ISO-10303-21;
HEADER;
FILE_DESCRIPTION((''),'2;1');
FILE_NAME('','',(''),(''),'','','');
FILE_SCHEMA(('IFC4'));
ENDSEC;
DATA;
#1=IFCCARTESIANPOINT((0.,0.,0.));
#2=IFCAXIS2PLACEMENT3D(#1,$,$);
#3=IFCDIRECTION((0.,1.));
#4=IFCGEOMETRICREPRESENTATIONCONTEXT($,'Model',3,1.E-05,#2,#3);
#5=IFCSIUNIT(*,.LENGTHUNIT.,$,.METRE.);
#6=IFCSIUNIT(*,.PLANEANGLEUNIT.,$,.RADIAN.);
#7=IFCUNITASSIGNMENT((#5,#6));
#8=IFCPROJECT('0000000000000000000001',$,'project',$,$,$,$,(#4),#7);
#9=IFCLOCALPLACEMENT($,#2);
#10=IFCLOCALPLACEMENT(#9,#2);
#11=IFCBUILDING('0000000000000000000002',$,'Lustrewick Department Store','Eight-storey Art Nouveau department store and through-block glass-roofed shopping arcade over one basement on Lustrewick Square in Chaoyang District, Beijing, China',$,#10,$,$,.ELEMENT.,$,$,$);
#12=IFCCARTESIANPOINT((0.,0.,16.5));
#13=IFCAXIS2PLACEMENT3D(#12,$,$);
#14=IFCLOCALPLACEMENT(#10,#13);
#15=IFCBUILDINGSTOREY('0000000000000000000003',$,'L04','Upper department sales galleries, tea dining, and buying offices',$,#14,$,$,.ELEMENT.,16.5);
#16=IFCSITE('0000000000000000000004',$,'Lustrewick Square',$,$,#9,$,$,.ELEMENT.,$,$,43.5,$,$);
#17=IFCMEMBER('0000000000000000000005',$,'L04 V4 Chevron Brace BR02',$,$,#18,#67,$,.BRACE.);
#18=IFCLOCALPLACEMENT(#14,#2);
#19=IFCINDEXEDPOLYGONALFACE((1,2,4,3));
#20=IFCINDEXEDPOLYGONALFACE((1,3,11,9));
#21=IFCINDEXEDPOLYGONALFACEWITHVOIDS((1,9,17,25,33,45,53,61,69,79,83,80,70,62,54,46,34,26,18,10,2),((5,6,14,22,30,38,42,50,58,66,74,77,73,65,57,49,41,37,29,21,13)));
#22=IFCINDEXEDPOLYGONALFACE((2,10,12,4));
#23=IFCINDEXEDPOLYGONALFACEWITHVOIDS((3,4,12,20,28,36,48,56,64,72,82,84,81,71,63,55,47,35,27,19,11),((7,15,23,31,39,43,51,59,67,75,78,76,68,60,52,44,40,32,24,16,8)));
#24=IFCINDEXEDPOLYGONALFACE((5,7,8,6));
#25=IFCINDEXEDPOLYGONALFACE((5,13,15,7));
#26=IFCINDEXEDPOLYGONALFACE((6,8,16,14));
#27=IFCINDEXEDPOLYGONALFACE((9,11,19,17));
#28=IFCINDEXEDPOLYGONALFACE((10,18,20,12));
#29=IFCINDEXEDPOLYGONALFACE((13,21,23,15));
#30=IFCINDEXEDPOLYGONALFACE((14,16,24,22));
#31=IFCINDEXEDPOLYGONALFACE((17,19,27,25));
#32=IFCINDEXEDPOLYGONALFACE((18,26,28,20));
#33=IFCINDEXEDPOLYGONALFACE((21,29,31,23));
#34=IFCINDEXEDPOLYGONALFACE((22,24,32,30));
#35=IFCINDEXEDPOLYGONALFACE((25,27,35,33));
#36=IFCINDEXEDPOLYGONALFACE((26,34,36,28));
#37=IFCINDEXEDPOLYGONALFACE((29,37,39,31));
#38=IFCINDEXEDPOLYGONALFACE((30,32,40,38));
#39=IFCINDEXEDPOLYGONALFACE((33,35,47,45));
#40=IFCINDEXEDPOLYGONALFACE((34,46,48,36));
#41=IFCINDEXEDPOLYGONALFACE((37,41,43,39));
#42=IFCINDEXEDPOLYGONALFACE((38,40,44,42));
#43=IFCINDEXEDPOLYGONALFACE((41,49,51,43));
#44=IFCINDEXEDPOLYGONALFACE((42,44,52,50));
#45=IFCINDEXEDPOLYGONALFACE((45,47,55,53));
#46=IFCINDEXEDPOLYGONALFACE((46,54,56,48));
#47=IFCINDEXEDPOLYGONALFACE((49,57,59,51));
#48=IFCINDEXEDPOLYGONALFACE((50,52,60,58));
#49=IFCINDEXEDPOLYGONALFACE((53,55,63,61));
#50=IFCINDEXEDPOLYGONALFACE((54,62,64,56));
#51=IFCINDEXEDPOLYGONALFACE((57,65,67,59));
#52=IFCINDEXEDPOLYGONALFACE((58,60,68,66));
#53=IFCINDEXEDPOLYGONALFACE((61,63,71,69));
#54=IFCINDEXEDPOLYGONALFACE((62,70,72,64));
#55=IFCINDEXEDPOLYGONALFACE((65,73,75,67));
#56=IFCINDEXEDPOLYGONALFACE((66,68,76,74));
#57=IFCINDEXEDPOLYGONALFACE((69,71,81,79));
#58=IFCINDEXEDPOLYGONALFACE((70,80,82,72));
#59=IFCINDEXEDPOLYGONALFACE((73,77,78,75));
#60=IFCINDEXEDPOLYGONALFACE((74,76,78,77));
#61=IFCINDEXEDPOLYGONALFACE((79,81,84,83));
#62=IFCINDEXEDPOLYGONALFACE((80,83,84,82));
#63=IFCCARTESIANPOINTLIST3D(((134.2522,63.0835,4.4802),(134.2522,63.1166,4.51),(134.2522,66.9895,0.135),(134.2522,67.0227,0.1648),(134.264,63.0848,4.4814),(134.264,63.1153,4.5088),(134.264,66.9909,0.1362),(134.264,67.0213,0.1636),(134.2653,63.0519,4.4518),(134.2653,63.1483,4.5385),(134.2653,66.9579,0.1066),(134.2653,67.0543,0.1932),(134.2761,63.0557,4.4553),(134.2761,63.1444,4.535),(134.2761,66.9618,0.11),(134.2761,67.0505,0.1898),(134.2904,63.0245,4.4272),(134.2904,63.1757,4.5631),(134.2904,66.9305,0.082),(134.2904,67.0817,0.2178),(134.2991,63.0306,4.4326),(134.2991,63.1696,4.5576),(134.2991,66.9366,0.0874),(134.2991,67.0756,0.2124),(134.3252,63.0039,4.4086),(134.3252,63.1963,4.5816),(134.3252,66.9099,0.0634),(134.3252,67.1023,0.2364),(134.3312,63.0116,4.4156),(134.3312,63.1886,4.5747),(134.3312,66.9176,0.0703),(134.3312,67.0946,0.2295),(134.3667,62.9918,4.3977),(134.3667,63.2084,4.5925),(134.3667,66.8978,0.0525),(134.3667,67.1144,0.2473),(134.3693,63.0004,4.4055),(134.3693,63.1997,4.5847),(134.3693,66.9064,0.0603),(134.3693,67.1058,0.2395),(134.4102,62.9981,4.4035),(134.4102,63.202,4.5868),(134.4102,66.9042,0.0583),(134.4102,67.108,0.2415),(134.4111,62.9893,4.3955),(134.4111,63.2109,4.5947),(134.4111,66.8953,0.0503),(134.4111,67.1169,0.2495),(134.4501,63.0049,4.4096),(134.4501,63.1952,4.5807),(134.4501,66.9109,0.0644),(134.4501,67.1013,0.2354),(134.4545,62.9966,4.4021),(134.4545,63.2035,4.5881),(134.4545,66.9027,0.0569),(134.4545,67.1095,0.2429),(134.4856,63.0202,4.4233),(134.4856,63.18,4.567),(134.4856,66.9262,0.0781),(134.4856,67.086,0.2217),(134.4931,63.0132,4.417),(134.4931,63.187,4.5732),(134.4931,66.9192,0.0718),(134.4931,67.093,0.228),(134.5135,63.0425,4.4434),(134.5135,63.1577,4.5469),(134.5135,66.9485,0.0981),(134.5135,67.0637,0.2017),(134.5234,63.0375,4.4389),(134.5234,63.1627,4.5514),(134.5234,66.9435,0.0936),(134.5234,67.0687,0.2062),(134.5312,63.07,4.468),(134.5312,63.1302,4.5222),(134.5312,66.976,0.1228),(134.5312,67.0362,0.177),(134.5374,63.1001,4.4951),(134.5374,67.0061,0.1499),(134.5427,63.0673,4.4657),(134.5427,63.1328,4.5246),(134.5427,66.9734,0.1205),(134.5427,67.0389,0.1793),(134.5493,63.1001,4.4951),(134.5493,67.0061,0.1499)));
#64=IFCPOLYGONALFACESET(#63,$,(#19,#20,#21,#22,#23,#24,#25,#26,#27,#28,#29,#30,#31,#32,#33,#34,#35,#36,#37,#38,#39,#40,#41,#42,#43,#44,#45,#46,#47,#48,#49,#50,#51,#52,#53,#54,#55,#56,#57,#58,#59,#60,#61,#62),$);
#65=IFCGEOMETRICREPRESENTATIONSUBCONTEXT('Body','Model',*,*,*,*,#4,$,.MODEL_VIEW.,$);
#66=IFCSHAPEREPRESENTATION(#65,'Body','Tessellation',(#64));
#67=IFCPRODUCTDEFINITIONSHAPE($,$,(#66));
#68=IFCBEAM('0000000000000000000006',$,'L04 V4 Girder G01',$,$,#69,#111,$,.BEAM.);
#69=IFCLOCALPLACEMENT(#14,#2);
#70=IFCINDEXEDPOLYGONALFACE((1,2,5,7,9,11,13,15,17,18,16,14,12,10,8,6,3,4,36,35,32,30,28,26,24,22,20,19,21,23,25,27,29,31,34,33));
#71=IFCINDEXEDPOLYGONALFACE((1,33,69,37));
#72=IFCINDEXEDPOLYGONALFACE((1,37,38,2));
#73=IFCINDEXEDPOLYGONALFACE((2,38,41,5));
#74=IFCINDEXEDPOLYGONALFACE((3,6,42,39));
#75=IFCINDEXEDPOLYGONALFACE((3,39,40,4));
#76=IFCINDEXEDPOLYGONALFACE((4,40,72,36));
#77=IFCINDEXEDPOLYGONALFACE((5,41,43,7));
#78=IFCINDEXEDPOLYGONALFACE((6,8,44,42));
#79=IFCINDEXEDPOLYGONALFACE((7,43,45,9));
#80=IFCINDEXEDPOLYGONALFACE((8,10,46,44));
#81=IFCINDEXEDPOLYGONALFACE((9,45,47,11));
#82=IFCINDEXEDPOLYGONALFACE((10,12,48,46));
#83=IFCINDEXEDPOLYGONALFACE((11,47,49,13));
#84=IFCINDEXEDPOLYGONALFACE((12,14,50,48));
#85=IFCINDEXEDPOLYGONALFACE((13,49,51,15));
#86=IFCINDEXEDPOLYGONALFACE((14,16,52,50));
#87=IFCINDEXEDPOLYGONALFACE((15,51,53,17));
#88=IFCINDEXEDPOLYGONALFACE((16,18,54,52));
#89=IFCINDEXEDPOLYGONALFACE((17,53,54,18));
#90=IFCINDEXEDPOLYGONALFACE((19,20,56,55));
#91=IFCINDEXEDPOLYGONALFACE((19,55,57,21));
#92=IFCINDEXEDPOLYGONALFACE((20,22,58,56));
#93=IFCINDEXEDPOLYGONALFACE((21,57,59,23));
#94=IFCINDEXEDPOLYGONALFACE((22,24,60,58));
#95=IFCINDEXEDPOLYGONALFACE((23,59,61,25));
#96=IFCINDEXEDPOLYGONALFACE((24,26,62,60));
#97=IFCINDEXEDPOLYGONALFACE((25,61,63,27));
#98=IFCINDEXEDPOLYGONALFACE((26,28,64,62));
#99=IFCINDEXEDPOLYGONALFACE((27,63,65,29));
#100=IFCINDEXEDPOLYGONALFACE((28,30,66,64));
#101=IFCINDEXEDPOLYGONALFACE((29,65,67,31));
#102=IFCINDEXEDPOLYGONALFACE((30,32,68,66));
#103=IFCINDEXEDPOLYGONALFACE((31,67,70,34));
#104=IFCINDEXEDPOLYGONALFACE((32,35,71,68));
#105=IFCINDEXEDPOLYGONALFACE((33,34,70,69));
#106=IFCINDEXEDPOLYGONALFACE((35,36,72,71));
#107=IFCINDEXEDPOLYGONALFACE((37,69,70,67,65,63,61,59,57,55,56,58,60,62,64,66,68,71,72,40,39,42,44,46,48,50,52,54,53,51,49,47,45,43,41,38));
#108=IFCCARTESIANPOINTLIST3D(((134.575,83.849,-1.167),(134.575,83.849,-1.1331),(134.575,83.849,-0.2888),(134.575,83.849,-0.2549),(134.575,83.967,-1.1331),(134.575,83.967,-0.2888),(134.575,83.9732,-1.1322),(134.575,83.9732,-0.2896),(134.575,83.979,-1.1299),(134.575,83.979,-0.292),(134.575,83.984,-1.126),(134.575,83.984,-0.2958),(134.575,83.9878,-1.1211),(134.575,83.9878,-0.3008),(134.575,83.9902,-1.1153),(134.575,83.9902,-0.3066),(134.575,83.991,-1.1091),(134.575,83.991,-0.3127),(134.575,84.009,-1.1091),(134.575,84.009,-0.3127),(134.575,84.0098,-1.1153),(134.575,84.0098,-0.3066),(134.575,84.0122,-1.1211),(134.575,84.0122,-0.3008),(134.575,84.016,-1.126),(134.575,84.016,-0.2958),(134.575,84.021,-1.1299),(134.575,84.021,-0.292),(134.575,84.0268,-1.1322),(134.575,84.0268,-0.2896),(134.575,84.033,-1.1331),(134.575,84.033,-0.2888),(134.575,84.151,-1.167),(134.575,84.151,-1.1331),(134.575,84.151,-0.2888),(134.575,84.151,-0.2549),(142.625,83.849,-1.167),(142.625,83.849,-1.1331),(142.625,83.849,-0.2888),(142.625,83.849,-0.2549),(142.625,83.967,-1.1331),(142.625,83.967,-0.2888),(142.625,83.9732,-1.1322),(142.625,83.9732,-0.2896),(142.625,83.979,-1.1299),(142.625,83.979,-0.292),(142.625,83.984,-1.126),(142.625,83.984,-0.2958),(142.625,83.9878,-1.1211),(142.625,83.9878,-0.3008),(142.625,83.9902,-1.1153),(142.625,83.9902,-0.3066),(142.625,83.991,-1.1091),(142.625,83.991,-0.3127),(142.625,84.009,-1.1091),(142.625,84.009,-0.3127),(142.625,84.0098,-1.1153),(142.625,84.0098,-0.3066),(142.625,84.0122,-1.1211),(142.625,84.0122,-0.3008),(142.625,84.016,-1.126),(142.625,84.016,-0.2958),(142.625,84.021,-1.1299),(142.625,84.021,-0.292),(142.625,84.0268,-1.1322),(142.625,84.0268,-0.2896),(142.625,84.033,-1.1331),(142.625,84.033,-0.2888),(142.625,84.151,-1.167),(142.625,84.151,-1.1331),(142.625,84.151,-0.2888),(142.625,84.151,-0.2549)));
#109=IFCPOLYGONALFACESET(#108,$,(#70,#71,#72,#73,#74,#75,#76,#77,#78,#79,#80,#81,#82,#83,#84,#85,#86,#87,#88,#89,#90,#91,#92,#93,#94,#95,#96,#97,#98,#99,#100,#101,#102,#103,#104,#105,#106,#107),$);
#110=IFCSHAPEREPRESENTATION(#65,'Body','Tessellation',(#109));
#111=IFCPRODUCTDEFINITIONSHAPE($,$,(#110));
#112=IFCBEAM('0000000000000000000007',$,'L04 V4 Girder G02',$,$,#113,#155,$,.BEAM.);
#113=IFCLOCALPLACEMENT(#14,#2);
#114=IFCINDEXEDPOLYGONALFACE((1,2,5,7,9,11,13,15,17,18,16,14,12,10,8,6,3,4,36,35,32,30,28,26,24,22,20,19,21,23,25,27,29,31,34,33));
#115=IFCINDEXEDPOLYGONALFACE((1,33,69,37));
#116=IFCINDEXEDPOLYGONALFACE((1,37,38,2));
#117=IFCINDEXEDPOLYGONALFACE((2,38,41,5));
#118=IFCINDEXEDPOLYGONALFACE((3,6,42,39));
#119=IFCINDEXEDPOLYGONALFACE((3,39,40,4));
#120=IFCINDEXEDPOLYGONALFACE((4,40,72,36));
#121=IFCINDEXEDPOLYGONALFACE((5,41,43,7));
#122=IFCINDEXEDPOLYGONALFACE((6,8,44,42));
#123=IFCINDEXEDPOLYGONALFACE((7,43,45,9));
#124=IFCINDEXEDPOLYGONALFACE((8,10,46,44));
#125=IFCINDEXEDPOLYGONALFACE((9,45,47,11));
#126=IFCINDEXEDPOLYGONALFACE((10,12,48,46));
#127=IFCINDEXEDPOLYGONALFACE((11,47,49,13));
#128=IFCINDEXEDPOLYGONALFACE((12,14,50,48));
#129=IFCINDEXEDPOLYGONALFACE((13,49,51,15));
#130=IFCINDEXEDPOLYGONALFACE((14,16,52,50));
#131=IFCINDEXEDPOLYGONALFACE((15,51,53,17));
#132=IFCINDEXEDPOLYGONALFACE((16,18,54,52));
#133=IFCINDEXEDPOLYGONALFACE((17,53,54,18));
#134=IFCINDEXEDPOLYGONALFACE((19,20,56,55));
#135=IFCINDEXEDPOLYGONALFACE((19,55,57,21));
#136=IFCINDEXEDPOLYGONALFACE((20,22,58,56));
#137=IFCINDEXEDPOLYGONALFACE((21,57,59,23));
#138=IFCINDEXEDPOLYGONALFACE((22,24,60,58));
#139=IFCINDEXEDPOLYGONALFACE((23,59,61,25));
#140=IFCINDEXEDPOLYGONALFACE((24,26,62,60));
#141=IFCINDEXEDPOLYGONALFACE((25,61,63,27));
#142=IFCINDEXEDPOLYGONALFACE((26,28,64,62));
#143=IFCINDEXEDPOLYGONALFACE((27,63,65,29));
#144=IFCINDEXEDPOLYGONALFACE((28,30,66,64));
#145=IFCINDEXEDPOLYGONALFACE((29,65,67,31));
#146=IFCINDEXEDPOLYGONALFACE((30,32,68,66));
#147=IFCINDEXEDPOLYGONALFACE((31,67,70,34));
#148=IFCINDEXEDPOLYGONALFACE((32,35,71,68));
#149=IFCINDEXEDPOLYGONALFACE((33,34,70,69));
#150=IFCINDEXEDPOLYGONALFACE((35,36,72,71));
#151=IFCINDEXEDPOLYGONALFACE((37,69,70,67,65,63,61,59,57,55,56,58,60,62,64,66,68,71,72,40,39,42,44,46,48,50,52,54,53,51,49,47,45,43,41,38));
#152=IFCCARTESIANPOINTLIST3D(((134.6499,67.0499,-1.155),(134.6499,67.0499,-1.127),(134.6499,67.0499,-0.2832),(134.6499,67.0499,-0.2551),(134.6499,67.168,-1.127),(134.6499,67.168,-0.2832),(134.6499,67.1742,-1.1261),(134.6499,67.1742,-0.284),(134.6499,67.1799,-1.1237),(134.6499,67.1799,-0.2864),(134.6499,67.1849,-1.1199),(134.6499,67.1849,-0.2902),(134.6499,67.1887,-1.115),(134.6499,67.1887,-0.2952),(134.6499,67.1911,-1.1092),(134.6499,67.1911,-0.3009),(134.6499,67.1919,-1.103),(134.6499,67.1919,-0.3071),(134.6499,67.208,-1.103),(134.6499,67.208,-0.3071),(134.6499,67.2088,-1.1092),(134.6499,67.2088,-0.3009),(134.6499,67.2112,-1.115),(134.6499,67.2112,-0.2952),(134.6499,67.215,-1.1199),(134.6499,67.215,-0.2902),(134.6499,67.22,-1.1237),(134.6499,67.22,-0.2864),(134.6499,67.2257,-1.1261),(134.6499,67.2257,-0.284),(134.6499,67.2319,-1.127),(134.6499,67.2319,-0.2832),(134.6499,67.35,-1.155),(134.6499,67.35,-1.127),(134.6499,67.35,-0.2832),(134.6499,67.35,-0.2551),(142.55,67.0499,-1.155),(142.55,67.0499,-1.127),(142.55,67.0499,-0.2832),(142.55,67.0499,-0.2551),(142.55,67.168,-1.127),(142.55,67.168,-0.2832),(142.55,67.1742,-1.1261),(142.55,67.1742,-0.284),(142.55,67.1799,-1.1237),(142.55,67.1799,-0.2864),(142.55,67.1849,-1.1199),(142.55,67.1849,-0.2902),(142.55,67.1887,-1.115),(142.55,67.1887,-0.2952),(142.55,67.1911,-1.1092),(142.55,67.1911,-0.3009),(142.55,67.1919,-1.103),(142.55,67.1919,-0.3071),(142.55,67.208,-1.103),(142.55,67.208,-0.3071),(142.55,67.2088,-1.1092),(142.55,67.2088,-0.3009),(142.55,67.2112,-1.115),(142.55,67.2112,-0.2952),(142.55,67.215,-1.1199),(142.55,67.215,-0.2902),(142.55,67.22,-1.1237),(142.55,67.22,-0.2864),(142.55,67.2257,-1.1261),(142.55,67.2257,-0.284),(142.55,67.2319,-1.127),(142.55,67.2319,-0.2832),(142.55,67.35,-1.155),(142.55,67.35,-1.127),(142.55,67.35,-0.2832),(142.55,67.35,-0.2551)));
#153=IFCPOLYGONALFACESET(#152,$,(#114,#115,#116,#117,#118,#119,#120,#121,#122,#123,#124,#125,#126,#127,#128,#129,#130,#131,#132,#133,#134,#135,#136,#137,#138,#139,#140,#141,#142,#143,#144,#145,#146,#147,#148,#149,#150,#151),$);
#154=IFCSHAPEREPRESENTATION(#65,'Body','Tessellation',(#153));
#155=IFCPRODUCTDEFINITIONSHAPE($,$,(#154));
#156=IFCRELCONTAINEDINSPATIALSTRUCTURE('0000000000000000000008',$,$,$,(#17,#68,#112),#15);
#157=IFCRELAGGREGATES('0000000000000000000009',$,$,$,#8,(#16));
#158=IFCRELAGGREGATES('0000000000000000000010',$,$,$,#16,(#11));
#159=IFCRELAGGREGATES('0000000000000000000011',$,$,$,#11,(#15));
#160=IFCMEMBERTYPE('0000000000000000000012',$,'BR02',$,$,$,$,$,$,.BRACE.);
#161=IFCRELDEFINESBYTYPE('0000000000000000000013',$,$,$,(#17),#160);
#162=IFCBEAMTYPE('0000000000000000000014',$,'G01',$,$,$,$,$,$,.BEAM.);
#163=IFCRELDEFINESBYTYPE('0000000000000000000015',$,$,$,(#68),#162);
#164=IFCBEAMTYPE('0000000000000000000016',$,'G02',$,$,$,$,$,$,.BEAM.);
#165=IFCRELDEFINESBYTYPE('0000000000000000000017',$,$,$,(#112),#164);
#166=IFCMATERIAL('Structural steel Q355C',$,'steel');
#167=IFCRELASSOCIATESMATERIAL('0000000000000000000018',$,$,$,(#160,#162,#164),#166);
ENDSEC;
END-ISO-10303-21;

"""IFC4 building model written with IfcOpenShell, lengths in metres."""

from ifc_helpers import new_model, si_unit, direction, frame, origin, origin_2d, place, context, subcontext, project, spatial, hollow_circle, i_section, extrude, material, material_profile, profile_set, type_object, element, save


model = new_model("IFC4")

# Units and contexts
model_context = context("Model", 3, precision=1e-05, world=origin(), true_north=direction((0.0, 1.0)))
body_context = subcontext(model_context, "Body", "Model", "MODEL_VIEW")
ifc_project = project(units=[si_unit("LENGTHUNIT", "METRE"), si_unit("PLANEANGLEUNIT", "RADIAN")], contexts=[model_context])

# Site, building, storey
site_placement = place(None, origin())
site = spatial("IfcSite", under=ifc_project, at=site_placement, Name="Lustrewick Square", CompositionType="ELEMENT", RefElevation=43.5)
building_placement = place(site_placement, origin())
building = spatial("IfcBuilding", under=site, at=building_placement, Name="Lustrewick Department Store", Description="Eight-storey Art Nouveau department store and through-block glass-roofed shopping arcade over one basement on Lustrewick Square in Chaoyang District, Beijing, China", CompositionType="ELEMENT")
storey_placement = place(building_placement, frame((0.0, 0.0, 16.5)))
storey = spatial("IfcBuildingStorey", under=building, at=storey_placement, Name="L04", Description="Upper department sales galleries, tea dining, and buying offices", CompositionType="ELEMENT", Elevation=16.5)

# Shared definitions
ifc_material_1 = material(Name="Structural steel Q355C", Category="steel")

# Member
ifc_material_profile_1 = material_profile(ifc_material_1, hollow_circle(Radius=0.1494, WallThickness=0.012, at=origin_2d()), Name="CHS 299x12")
ifc_profile_set_1 = profile_set([ifc_material_profile_1], Name="Structural steel Q355C")
member_type = type_object("IfcMemberType", Name="BR02", PredefinedType="BRACE", material=ifc_profile_set_1)
member_placement = place(storey_placement, frame((134.3999, 67.0061, 0.1499), z_axis=(0.0, -0.668521, 0.743693), x_axis=(1.0, 0.0, 0.0)))
element("IfcMember", 1, at=member_placement, inside=storey, type_object=member_type, Name="L04 V4 Chevron Brace BR02", PredefinedType="BRACE", context=body_context, shape_type="SweptSolid", body=[
    extrude(hollow_circle(Radius=0.1494, WallThickness=0.012, at=origin_2d()), origin(), (0.0, 0.0, 1.0), 5.8428),
])

# Beams
ifc_material_profile_2 = material_profile(ifc_material_1, i_section(OverallWidth=0.302, OverallDepth=0.9121, WebThickness=0.0181, FlangeThickness=0.0339, FilletRadius=0.0239, at=origin_2d()), Name="HN 912x302x18x34")
ifc_profile_set_2 = profile_set([ifc_material_profile_2], Name="Structural steel Q355C")
beam_type_1 = type_object("IfcBeamType", Name="G01", PredefinedType="BEAM", material=ifc_profile_set_2)
beam_1_placement = place(storey_placement, frame((134.575, 84.0, -0.7109), z_axis=(1.0, 0.0, 0.0), x_axis=(0.0, 1.0, 0.0)))
element("IfcBeam", 2, at=beam_1_placement, inside=storey, type_object=beam_type_1, Name="L04 V4 Girder G01", PredefinedType="BEAM", context=body_context, shape_type="SweptSolid", body=[
    extrude(i_section(OverallWidth=0.302, OverallDepth=0.9121, WebThickness=0.0181, FlangeThickness=0.0339, FilletRadius=0.0239, at=origin_2d()), origin(), (0.0, 0.0, 1.0), 8.05),
])
ifc_material_profile_3 = material_profile(ifc_material_1, i_section(OverallWidth=0.3, OverallDepth=0.8999, WebThickness=0.0161, FlangeThickness=0.0281, FilletRadius=0.0239, at=origin_2d()), Name="HN 900x300x16x28")
ifc_profile_set_3 = profile_set([ifc_material_profile_3], Name="Structural steel Q355C")
beam_type_2 = type_object("IfcBeamType", Name="G02", PredefinedType="BEAM", material=ifc_profile_set_3)
beam_2_placement = place(storey_placement, frame((134.6499, 67.2, -0.7051), z_axis=(1.0, 0.0, 0.0), x_axis=(0.0, 1.0, 0.0)))
element("IfcBeam", 3, at=beam_2_placement, inside=storey, type_object=beam_type_2, Name="L04 V4 Girder G02", PredefinedType="BEAM", context=body_context, shape_type="SweptSolid", body=[
    extrude(i_section(OverallWidth=0.3, OverallDepth=0.8999, WebThickness=0.0161, FlangeThickness=0.0281, FilletRadius=0.0239, at=origin_2d()), origin(), (0.0, 0.0, 1.0), 7.9001),
])

save(model, "model.ifc")
